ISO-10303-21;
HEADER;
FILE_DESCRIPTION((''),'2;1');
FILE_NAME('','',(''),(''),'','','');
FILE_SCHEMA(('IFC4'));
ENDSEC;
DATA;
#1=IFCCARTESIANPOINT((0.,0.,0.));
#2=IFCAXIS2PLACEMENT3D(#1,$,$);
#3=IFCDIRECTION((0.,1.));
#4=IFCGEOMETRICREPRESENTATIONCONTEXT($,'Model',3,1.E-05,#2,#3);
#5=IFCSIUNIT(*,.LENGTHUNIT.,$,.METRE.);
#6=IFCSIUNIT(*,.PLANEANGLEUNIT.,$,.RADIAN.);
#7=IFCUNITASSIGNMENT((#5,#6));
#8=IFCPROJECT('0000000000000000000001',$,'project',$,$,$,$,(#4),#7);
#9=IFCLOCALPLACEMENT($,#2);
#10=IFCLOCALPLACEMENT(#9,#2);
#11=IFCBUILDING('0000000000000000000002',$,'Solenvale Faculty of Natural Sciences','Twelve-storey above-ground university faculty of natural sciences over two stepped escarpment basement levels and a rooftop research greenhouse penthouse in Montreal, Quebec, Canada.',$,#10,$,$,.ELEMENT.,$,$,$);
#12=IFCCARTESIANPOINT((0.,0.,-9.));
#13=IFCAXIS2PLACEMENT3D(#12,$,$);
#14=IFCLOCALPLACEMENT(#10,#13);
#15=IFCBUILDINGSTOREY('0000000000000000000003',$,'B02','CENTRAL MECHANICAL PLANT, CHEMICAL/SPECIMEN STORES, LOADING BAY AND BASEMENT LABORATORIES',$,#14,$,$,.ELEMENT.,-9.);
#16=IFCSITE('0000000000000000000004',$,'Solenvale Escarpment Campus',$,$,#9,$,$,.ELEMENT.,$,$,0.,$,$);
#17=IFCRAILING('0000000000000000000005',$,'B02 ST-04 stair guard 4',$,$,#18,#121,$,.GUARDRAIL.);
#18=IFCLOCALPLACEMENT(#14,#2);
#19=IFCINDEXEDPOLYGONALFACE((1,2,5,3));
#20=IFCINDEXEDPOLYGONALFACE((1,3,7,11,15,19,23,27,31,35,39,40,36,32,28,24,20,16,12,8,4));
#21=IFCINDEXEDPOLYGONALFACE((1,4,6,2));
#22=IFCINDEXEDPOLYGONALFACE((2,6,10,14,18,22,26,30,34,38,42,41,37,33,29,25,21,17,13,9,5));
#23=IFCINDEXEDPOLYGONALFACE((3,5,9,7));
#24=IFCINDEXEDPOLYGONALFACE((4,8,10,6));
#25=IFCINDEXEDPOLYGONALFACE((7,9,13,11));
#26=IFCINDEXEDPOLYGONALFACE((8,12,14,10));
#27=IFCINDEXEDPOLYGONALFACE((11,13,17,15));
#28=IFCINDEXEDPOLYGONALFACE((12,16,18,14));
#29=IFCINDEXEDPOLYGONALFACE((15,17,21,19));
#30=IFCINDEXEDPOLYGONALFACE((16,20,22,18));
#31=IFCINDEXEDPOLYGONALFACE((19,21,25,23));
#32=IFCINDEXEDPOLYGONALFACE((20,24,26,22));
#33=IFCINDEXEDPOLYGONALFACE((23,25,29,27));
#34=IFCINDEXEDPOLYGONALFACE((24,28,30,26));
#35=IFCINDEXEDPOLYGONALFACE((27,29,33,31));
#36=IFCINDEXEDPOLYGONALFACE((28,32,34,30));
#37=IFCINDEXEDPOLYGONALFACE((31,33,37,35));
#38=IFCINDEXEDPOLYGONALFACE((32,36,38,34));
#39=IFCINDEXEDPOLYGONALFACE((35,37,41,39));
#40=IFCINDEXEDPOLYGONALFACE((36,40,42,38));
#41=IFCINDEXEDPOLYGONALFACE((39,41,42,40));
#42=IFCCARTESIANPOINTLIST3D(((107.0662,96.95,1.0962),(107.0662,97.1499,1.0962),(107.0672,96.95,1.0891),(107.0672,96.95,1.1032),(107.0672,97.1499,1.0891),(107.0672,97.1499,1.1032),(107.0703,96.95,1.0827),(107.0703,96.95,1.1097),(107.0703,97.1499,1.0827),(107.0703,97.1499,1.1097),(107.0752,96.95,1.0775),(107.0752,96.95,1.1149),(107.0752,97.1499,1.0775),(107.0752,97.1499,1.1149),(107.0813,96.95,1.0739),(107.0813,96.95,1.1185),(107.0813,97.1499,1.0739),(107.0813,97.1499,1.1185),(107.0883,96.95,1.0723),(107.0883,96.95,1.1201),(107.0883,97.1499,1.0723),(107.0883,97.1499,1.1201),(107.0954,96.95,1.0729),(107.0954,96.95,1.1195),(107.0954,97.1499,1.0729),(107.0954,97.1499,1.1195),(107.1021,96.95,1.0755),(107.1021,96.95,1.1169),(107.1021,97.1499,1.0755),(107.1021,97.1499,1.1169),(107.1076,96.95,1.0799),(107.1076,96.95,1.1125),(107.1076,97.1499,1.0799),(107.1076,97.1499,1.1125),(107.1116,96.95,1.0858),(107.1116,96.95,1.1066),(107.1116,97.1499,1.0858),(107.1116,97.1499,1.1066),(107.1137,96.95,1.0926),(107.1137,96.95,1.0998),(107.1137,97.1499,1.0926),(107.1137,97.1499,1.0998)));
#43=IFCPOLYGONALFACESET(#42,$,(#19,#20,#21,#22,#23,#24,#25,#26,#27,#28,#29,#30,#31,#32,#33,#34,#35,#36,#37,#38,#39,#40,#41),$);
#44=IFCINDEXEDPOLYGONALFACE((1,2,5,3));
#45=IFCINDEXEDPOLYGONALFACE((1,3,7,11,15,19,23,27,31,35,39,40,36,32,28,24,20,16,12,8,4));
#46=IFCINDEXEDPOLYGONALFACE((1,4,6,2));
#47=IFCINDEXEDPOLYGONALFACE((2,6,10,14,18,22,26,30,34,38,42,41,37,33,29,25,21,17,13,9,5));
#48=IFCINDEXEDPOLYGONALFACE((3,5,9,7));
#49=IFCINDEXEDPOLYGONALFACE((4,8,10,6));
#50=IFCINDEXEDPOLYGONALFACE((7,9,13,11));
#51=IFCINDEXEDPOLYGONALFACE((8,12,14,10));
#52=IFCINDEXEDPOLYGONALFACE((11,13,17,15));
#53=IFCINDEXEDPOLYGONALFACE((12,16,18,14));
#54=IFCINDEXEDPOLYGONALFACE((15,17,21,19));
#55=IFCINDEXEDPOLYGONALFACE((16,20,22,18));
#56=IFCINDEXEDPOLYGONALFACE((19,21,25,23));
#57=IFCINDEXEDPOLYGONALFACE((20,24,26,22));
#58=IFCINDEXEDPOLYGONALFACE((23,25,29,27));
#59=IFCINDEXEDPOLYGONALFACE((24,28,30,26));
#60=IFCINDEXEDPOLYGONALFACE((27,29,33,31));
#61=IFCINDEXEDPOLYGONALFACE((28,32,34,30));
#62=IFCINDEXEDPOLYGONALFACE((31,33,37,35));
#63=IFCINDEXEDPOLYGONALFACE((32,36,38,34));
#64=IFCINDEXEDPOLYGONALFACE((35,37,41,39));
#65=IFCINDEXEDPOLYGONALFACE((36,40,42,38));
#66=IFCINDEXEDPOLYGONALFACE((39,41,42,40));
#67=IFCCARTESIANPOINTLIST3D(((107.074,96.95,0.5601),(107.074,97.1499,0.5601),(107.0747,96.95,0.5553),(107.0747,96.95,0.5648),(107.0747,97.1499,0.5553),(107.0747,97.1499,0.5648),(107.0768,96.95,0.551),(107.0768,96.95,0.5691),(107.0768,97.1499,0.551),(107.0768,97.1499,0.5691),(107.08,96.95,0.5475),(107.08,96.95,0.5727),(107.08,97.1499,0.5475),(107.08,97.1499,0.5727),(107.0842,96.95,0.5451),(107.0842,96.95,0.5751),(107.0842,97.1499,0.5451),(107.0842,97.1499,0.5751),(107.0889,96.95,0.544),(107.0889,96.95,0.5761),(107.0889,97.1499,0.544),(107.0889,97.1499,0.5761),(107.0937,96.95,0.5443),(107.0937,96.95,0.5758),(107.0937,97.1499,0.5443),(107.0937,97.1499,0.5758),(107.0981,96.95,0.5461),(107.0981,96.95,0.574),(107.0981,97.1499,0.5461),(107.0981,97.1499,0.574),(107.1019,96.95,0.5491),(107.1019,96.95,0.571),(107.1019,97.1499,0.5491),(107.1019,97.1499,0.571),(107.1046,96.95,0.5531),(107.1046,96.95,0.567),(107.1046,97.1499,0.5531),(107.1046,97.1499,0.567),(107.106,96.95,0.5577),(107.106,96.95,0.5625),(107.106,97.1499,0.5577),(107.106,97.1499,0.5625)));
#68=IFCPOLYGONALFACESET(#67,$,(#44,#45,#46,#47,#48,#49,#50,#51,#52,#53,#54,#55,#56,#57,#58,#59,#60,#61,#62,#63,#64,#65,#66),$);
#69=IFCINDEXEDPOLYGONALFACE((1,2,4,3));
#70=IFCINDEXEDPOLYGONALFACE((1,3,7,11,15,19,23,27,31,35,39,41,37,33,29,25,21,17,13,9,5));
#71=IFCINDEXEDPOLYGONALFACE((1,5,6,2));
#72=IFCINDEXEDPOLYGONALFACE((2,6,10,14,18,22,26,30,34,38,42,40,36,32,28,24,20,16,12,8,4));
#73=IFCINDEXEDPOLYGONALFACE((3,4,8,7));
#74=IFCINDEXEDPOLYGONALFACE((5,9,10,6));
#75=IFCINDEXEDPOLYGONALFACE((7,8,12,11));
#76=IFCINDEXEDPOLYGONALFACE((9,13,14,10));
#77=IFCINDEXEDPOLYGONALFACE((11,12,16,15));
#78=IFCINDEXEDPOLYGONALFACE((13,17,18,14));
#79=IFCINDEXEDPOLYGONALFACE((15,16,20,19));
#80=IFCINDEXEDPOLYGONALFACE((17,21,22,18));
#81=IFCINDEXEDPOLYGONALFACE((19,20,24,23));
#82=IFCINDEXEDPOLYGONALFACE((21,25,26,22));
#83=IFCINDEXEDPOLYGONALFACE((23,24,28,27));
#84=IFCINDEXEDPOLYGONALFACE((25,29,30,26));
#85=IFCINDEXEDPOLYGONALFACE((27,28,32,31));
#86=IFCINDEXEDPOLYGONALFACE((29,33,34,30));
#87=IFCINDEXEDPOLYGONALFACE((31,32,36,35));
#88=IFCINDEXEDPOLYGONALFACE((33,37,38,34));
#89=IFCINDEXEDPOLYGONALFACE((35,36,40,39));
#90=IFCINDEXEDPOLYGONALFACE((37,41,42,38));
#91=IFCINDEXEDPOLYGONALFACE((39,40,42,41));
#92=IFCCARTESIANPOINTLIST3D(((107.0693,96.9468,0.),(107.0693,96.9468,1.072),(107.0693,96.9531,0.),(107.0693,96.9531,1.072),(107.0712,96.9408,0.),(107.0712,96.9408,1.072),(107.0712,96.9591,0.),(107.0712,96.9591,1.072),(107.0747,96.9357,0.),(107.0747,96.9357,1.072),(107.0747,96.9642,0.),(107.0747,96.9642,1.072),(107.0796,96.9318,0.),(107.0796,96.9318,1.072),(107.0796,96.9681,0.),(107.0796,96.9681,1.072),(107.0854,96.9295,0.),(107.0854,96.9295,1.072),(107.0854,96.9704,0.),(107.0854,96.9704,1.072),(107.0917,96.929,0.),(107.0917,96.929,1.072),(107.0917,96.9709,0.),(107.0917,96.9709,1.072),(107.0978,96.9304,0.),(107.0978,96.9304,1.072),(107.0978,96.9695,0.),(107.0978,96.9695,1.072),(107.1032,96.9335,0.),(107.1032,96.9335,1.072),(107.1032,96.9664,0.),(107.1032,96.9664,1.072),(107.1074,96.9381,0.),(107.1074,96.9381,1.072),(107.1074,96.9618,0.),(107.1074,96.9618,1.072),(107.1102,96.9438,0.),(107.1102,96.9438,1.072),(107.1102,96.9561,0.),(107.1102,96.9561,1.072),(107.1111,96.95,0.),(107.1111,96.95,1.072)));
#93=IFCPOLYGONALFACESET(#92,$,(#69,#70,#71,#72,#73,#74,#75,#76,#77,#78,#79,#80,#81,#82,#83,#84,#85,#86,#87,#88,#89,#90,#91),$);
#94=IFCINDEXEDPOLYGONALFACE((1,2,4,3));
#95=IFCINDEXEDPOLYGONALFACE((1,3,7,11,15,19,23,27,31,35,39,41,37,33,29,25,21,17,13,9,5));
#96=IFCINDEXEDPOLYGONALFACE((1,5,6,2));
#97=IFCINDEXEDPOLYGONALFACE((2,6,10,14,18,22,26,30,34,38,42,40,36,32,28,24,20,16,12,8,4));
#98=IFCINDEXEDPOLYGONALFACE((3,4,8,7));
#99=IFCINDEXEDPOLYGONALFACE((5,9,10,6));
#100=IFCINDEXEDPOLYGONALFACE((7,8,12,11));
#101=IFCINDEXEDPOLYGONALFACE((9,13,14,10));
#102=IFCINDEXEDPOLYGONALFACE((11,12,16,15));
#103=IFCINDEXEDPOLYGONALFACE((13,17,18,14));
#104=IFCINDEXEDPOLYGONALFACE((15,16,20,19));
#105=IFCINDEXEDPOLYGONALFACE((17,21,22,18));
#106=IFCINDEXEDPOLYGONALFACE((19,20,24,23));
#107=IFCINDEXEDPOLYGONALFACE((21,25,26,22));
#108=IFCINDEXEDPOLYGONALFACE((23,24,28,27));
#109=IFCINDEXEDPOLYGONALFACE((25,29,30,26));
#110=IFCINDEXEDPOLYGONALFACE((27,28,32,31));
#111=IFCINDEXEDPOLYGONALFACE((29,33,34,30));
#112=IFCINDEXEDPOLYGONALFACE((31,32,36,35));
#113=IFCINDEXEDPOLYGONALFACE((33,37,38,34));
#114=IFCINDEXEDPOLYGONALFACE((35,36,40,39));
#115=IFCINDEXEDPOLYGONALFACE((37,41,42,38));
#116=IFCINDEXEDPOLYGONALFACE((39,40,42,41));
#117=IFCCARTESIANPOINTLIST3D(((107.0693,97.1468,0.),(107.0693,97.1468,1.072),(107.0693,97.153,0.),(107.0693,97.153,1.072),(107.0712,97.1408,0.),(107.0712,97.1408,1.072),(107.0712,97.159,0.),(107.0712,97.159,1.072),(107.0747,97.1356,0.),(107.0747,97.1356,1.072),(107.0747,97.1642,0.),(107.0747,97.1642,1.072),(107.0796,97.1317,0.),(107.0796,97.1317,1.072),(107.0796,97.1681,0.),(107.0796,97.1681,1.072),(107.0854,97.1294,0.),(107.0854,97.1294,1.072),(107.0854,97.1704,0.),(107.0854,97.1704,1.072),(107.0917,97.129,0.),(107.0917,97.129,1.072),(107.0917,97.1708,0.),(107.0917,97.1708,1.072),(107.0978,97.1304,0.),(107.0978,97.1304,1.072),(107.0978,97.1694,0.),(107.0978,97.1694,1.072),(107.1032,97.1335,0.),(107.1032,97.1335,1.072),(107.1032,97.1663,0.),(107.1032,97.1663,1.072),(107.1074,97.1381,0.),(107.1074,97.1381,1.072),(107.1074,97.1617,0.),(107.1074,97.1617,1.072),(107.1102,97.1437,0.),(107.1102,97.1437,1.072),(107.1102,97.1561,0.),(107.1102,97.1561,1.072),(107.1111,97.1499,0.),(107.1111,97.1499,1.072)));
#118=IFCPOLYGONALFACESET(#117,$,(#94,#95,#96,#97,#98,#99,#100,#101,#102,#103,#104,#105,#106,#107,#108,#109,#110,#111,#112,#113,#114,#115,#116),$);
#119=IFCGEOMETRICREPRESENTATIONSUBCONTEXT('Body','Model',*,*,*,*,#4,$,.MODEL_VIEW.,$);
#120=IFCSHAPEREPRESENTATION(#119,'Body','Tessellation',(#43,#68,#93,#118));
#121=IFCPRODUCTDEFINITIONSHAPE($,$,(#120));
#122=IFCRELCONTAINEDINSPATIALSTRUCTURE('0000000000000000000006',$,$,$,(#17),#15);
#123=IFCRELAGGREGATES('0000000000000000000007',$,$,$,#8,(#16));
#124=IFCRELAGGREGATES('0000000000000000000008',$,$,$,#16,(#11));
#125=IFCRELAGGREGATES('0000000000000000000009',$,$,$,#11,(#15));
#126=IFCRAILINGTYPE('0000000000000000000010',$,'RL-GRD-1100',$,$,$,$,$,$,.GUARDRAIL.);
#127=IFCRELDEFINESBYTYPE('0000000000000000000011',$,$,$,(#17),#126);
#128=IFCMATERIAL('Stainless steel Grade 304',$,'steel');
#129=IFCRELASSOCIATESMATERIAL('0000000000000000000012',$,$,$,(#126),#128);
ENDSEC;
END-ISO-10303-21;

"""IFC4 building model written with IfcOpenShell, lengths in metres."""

from ifc_helpers import new_model, si_unit, direction, frame, origin, origin_2d, place, context, subcontext, project, spatial, circle, extrude, material, type_object, element, save


model = new_model("IFC4")

# Units and contexts
model_context = context("Model", 3, precision=1e-05, world=origin(), true_north=direction((0.0, 1.0)))
body_context = subcontext(model_context, "Body", "Model", "MODEL_VIEW")
ifc_project = project(units=[si_unit("LENGTHUNIT", "METRE"), si_unit("PLANEANGLEUNIT", "RADIAN")], contexts=[model_context])

# Site, building, storey
site_placement = place(None, origin())
site = spatial("IfcSite", under=ifc_project, at=site_placement, Name="Solenvale Escarpment Campus", CompositionType="ELEMENT", RefElevation=0.0)
building_placement = place(site_placement, origin())
building = spatial("IfcBuilding", under=site, at=building_placement, Name="Solenvale Faculty of Natural Sciences", Description="Twelve-storey above-ground university faculty of natural sciences over two stepped escarpment basement levels and a rooftop research greenhouse penthouse in Montreal, Quebec, Canada.", CompositionType="ELEMENT")
storey_placement = place(building_placement, frame((0.0, 0.0, -9.0)))
storey = spatial("IfcBuildingStorey", under=building, at=storey_placement, Name="B02", Description="CENTRAL MECHANICAL PLANT, CHEMICAL/SPECIMEN STORES, LOADING BAY AND BASEMENT LABORATORIES", CompositionType="ELEMENT", Elevation=-9.0)

# Railing
ifc_material_1 = material(Name="Stainless steel Grade 304", Category="steel")
railing_type_1 = type_object("IfcRailingType", Name="RL-GRD-1100", PredefinedType="GUARDRAIL", material=ifc_material_1)
railing_1_placement = place(storey_placement, frame((107.0901, 96.95, 0.0)))
element("IfcRailing", 1, at=railing_1_placement, inside=storey, type_object=railing_type_1, Name="B02 ST-04 stair guard 4", PredefinedType="GUARDRAIL", context=body_context, shape_type="SweptSolid", body=[
    extrude(circle(Radius=0.0239, at=origin_2d()), frame((0.0, 0.0, 1.0962), z_axis=(0.0, 1.0, 0.0), x_axis=(-1.0, 0.0, 0.0)), (0.0, 0.0, 1.0), 0.2),
    extrude(circle(Radius=0.0161, at=origin_2d()), frame((0.0, 0.0, 0.5601), z_axis=(0.0, 1.0, 0.0), x_axis=(-1.0, 0.0, 0.0)), (0.0, 0.0, 1.0), 0.2),
    extrude(circle(Radius=0.021, at=origin_2d()), origin(), (0.0, 0.0, 1.0), 1.072),
    extrude(circle(Radius=0.021, at=origin_2d()), frame((0.0, 0.2, 0.0)), (0.0, 0.0, 1.0), 1.072),
])

save(model, "model.ifc")
